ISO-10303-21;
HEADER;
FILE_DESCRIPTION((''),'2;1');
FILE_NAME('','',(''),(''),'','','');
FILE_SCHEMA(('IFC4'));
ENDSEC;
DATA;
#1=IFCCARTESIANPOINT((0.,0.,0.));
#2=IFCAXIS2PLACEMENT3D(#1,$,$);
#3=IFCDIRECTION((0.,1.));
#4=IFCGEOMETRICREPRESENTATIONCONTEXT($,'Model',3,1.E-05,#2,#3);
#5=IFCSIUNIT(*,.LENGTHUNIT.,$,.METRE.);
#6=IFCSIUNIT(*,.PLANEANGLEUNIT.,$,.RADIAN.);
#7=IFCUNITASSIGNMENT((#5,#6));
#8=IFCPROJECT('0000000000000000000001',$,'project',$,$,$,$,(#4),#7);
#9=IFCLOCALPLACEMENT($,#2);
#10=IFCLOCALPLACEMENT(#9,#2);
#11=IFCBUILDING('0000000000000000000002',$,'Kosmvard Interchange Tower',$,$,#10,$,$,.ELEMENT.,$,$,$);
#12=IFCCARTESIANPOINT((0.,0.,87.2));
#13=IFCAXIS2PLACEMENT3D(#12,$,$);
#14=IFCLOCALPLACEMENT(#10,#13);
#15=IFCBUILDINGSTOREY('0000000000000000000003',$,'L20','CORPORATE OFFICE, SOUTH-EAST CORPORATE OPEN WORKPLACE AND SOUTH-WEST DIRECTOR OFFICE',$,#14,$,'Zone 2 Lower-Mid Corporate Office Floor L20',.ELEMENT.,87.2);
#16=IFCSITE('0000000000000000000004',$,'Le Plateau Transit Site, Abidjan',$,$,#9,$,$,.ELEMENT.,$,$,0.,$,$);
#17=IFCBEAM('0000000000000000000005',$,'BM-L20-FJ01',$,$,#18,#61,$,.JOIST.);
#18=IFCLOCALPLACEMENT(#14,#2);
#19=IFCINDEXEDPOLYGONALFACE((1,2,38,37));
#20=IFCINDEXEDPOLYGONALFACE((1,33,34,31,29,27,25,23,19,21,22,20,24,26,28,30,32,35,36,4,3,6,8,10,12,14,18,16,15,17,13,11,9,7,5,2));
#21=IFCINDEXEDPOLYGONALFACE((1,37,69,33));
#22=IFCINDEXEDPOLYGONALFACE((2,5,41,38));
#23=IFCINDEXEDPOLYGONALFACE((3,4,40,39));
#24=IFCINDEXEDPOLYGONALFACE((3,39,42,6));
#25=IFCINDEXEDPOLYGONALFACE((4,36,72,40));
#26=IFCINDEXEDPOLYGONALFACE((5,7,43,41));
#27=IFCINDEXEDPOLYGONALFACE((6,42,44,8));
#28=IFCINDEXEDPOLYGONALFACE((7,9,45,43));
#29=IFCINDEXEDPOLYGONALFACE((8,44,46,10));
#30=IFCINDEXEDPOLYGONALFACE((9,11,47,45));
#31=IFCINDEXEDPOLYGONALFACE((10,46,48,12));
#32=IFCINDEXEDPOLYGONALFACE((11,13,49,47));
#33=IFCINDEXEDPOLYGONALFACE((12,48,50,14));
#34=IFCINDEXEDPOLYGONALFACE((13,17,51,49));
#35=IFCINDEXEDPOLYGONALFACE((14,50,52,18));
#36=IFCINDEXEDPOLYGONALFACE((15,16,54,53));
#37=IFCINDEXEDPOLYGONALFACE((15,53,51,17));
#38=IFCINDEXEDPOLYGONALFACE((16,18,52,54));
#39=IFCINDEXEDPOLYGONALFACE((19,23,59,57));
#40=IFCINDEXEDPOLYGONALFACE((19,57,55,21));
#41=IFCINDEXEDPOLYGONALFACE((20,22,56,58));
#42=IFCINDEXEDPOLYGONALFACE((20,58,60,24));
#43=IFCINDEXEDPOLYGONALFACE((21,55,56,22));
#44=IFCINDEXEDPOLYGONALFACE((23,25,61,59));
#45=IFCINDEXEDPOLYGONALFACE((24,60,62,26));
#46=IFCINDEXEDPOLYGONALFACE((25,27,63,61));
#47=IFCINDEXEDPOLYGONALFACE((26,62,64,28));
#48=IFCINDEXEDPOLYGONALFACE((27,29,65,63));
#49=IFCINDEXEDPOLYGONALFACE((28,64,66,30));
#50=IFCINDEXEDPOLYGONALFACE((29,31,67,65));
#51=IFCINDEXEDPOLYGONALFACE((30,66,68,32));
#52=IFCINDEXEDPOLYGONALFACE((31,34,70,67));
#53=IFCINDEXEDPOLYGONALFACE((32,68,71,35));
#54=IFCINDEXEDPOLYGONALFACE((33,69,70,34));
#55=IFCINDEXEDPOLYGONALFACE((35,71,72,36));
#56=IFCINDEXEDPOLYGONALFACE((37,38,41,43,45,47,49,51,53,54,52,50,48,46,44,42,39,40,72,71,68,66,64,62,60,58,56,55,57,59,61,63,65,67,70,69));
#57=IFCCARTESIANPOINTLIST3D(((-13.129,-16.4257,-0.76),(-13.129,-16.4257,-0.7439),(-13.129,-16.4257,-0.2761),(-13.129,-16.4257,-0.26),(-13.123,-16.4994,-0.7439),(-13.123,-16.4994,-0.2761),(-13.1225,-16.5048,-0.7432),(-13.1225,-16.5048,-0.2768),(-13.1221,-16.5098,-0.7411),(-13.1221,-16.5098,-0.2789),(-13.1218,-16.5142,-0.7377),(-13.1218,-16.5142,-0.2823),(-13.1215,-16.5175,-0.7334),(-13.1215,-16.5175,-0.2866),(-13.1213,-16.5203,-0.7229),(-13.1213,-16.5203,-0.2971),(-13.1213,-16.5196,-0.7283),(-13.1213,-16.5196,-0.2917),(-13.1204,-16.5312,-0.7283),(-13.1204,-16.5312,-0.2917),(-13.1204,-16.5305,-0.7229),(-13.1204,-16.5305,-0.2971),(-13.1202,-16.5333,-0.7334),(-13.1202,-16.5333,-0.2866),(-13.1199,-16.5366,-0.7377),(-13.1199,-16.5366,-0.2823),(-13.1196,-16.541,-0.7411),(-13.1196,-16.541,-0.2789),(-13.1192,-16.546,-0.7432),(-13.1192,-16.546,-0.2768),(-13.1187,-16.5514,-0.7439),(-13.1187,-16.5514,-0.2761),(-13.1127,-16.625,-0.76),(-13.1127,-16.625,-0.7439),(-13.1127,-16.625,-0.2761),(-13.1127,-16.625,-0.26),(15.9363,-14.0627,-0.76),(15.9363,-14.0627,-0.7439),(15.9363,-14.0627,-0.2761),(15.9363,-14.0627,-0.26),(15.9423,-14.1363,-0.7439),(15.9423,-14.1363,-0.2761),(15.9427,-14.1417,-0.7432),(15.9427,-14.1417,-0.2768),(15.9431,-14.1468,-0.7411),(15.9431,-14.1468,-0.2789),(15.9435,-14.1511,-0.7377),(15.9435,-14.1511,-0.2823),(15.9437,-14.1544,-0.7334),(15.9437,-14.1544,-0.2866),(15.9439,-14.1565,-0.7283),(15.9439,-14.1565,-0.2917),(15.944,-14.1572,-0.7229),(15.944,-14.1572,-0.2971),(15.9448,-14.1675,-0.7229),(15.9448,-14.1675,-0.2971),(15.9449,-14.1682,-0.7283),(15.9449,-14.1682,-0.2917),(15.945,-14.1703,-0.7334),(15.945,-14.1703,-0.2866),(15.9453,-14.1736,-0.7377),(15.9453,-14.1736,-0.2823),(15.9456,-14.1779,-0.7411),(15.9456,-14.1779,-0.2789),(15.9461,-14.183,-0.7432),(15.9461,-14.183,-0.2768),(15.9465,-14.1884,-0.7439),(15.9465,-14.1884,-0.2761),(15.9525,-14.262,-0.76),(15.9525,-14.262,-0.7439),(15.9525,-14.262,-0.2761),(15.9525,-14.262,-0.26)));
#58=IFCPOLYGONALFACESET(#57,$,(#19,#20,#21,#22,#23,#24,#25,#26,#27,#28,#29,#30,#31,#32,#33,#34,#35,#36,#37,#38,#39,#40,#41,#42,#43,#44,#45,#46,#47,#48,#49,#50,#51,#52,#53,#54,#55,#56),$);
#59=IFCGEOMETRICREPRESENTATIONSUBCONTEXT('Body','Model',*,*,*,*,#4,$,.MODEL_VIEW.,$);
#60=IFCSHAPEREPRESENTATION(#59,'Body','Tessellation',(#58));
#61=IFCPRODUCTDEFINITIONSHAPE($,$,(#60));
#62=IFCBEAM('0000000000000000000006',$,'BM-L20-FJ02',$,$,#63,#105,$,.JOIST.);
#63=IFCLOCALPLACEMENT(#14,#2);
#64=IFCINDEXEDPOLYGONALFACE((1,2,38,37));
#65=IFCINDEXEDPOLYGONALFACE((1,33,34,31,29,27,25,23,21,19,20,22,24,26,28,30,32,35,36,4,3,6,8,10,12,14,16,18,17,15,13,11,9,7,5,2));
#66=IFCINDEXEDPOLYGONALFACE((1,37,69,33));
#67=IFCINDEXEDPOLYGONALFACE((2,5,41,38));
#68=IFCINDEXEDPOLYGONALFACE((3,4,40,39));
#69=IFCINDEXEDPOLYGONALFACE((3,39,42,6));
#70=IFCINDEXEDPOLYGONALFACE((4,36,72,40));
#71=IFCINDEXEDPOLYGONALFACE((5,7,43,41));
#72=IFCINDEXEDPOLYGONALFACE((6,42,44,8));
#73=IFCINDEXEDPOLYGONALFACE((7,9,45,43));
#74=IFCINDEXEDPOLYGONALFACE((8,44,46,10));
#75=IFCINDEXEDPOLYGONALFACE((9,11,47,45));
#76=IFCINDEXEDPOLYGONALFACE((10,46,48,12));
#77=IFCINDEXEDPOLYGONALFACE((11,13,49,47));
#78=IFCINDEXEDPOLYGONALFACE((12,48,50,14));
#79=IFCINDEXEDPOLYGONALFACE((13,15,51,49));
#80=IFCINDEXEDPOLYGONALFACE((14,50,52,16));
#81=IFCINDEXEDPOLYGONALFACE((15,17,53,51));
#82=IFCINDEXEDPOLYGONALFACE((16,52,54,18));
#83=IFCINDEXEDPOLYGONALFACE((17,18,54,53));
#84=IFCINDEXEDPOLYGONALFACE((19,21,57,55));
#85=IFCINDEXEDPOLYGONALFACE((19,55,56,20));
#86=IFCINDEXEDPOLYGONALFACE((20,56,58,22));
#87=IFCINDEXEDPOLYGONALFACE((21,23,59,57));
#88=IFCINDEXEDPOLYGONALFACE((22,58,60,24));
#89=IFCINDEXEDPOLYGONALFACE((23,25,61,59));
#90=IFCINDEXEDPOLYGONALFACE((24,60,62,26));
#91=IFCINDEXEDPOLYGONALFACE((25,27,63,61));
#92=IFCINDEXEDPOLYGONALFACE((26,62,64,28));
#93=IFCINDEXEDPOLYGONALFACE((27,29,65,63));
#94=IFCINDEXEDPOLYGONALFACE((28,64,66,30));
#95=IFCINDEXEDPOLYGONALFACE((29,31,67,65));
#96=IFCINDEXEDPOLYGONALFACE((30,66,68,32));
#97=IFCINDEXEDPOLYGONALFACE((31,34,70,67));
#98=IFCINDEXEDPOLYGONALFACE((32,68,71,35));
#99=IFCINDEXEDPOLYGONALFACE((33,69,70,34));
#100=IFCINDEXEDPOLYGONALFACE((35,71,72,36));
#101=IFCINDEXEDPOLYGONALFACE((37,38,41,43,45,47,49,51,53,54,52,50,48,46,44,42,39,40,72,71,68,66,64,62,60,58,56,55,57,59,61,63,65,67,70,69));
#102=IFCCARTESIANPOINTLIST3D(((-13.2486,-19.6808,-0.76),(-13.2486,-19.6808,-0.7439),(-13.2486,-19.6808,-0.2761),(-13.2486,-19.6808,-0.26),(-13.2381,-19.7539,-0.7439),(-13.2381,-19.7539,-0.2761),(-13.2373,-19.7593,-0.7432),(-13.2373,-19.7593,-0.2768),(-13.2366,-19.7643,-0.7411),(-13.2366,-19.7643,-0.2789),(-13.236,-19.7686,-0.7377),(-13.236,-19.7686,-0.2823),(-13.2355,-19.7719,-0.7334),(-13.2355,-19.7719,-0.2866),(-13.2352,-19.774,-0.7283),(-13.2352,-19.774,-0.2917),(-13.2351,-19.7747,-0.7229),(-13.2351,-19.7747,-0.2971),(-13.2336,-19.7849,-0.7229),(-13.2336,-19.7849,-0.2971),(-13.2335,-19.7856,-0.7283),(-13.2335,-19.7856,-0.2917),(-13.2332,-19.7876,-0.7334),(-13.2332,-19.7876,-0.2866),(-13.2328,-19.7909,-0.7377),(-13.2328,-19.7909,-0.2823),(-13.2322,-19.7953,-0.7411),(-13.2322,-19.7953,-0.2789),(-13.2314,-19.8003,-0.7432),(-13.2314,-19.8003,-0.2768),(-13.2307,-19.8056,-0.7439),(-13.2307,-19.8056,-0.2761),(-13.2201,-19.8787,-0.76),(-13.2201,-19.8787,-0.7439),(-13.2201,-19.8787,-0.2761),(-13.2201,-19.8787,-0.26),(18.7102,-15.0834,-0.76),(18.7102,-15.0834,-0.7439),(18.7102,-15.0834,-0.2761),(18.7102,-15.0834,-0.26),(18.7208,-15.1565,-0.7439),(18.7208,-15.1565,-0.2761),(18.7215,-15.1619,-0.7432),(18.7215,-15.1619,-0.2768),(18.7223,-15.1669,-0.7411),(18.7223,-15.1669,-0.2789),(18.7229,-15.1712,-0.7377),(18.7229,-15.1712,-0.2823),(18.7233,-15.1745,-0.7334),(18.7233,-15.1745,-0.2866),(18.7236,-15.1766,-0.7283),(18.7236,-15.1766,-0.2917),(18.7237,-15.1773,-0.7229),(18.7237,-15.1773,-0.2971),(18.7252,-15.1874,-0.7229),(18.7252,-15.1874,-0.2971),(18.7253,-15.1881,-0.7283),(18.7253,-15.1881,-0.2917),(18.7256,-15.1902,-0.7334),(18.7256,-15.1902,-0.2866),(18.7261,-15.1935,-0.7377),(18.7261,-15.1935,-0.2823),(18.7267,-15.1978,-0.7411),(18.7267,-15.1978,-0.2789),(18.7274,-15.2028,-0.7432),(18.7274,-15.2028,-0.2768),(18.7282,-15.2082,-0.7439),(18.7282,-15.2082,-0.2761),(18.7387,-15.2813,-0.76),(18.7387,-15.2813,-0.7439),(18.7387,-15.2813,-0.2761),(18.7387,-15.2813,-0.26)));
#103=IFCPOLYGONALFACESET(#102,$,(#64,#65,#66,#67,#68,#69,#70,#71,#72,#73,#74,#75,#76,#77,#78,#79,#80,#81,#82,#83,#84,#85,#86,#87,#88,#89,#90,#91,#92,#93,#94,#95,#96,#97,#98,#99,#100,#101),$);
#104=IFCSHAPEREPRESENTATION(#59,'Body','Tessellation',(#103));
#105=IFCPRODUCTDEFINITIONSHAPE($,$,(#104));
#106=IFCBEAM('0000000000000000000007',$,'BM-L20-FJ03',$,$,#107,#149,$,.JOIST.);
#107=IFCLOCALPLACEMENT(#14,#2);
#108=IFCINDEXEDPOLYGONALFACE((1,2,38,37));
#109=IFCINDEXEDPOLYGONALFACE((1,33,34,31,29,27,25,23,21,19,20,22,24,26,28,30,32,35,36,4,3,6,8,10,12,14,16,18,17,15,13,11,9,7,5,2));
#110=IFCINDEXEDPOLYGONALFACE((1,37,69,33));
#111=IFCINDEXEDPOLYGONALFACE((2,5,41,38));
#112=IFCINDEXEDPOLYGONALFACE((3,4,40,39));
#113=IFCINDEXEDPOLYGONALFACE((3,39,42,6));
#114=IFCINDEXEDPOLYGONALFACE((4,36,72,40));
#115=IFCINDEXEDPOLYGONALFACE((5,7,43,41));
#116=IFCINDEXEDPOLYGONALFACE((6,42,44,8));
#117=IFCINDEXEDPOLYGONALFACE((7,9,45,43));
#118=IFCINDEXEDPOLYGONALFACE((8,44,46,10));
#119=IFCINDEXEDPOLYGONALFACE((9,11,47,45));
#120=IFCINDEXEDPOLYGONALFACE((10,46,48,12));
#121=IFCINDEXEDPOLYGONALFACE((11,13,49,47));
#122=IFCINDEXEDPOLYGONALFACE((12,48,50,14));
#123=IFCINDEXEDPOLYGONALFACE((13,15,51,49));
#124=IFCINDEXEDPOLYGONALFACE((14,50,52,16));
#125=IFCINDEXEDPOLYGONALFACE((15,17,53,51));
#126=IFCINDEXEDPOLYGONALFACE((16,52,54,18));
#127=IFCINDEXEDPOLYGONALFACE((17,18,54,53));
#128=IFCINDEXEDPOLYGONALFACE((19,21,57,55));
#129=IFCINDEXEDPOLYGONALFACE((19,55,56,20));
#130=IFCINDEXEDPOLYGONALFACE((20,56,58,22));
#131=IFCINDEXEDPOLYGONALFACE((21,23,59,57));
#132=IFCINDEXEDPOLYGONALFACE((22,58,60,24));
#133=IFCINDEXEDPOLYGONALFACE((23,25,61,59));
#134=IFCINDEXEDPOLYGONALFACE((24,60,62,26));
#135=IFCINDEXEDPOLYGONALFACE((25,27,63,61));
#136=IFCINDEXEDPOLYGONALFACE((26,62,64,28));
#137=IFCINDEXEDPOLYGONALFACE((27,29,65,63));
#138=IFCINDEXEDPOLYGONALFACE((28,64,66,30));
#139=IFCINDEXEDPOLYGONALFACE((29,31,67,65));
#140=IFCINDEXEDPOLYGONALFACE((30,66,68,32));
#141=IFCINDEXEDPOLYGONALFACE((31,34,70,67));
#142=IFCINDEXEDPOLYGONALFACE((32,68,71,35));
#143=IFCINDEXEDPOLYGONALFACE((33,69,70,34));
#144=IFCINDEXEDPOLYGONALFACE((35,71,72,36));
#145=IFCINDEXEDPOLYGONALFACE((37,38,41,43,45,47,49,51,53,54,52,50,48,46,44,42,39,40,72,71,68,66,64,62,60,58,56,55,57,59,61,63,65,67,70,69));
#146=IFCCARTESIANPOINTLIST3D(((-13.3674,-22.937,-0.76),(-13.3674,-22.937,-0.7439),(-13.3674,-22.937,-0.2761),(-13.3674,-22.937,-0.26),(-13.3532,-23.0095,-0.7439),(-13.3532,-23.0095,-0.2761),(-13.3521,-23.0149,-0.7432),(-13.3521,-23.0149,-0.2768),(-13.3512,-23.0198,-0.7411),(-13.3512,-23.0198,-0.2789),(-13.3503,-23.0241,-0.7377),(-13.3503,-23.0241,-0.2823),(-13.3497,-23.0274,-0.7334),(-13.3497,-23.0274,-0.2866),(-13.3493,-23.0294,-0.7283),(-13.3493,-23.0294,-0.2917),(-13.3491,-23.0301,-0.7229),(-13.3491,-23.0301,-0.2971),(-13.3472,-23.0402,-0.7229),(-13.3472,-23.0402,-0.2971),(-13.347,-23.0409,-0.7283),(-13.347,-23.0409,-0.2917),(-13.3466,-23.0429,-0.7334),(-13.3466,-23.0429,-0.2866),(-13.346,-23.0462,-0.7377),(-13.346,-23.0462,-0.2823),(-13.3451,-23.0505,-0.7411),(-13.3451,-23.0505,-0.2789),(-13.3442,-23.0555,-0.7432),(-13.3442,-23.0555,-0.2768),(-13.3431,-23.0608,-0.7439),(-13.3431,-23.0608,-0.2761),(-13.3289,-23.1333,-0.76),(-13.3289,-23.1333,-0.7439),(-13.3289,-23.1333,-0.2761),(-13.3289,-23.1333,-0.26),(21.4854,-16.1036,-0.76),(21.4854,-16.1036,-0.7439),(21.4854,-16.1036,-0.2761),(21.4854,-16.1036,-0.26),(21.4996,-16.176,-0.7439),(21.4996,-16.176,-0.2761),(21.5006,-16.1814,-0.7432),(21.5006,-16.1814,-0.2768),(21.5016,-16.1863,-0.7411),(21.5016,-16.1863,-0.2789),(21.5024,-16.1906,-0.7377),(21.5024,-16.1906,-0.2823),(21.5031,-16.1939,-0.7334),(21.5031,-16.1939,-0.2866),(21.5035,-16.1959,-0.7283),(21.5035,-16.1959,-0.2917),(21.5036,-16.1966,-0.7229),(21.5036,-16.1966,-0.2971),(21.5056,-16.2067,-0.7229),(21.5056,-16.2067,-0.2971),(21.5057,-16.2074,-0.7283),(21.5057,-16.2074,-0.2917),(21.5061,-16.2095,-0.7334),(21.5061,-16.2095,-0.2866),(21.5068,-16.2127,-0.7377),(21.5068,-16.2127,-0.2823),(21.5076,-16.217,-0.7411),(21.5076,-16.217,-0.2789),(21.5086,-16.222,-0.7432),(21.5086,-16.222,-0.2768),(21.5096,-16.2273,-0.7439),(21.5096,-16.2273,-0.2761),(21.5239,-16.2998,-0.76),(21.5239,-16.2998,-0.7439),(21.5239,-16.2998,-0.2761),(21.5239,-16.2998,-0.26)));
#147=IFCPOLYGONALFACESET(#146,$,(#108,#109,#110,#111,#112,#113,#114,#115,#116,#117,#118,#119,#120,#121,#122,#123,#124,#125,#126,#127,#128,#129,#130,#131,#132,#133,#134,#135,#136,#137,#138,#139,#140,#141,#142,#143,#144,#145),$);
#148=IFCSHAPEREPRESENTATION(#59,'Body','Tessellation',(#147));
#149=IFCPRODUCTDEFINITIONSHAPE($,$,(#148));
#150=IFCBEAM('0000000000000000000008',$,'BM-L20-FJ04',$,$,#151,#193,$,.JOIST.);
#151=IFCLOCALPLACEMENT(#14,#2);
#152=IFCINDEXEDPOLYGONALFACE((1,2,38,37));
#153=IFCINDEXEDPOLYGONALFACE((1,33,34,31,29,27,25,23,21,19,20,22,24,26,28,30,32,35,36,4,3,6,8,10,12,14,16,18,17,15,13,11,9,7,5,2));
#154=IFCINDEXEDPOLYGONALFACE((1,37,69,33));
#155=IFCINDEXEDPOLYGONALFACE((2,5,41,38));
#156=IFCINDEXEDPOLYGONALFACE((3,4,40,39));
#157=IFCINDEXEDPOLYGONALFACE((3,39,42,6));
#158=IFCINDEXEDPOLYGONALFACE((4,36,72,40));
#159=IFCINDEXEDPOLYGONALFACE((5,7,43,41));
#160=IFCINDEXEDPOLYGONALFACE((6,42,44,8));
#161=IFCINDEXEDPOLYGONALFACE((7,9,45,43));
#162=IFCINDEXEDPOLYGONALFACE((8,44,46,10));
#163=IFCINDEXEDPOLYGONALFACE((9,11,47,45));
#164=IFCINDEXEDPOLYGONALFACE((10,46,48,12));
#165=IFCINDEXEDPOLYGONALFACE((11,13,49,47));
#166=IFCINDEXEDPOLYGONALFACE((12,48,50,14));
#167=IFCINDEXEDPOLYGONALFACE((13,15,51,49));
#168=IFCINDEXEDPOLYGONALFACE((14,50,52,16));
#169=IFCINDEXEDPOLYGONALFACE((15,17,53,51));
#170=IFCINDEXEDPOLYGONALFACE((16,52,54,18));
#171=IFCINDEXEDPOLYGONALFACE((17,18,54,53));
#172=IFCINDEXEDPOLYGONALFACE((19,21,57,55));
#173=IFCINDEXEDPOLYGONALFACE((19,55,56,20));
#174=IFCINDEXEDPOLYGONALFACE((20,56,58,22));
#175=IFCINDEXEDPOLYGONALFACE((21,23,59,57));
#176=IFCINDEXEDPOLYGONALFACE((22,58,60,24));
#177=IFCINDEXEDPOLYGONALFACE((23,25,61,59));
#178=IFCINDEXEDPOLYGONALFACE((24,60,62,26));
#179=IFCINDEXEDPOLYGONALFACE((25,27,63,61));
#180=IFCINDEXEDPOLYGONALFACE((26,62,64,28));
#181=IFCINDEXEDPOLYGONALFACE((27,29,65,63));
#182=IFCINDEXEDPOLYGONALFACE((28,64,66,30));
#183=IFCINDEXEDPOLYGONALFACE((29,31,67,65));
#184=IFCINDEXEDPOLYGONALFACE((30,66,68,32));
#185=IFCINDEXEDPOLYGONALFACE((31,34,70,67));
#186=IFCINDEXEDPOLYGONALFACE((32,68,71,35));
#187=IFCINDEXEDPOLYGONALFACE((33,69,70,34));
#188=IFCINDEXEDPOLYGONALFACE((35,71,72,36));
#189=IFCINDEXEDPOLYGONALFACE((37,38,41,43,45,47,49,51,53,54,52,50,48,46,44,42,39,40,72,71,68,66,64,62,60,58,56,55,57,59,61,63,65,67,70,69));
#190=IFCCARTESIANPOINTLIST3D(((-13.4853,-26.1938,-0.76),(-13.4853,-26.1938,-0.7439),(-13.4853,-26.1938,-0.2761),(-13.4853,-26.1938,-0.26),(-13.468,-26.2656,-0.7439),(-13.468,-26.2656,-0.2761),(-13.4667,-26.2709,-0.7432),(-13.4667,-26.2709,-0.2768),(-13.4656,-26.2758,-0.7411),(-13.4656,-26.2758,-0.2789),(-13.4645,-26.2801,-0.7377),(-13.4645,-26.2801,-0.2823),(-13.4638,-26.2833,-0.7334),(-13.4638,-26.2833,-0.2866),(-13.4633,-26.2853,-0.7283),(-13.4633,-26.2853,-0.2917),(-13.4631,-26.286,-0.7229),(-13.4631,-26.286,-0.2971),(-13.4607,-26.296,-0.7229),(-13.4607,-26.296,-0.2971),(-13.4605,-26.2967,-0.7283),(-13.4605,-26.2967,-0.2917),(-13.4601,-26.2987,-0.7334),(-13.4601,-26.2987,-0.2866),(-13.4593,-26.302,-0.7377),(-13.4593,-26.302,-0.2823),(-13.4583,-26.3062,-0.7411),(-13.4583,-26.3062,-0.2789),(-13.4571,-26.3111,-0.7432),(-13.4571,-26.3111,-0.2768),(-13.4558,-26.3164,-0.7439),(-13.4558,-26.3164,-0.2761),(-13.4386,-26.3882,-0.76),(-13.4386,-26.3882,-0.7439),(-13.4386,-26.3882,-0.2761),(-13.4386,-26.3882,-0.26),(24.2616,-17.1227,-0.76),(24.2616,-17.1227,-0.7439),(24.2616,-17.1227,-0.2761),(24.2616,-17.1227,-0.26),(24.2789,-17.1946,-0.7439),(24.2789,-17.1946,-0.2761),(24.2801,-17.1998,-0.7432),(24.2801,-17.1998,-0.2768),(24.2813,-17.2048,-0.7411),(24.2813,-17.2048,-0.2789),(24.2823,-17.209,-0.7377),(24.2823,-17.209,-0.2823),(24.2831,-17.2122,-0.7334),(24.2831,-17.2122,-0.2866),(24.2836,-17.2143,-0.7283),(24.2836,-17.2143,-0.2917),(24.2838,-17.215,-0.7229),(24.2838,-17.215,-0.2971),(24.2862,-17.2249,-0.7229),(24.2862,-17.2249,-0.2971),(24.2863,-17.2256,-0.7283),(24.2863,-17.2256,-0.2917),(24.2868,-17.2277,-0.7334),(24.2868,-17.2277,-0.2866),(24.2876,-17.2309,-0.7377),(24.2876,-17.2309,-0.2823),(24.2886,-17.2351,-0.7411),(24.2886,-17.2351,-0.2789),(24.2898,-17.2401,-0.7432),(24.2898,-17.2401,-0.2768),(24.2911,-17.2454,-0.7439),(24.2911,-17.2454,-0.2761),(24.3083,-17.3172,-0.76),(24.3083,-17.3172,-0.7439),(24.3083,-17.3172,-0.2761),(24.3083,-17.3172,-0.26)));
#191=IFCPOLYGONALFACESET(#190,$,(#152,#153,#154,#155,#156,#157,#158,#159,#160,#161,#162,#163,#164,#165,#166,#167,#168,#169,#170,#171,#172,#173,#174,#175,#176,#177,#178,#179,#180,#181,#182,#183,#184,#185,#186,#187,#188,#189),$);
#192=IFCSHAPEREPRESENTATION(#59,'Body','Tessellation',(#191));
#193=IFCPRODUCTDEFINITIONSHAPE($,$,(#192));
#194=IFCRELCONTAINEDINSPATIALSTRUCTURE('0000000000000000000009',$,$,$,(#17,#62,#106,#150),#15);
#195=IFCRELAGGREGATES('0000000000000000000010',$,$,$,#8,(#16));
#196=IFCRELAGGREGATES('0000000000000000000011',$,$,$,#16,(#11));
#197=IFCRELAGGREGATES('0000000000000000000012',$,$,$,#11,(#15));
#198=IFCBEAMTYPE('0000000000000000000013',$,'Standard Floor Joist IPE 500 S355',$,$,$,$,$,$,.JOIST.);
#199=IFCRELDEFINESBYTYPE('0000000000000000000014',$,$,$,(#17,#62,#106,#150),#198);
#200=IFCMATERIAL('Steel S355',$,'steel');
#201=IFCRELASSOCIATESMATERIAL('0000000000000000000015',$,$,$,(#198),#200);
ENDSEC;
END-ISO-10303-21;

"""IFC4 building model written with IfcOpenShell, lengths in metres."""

from ifc_helpers import new_model, si_unit, direction, frame, origin, origin_2d, place, context, subcontext, project, spatial, i_section, extrude, source, transform, mapped, material, material_profile, profile_set, type_object, element, save


model = new_model("IFC4")

# Units and contexts
model_context = context("Model", 3, precision=1e-05, world=origin(), true_north=direction((0.0, 1.0)))
body_context = subcontext(model_context, "Body", "Model", "MODEL_VIEW")
ifc_project = project(units=[si_unit("LENGTHUNIT", "METRE"), si_unit("PLANEANGLEUNIT", "RADIAN")], contexts=[model_context])

# Site, building, storey
site_placement = place(None, origin())
site = spatial("IfcSite", under=ifc_project, at=site_placement, Name="Le Plateau Transit Site, Abidjan", CompositionType="ELEMENT", RefElevation=0.0)
building_placement = place(site_placement, origin())
building = spatial("IfcBuilding", under=site, at=building_placement, Name="Kosmvard Interchange Tower", CompositionType="ELEMENT")
storey_placement = place(building_placement, frame((0.0, 0.0, 87.2)))
storey = spatial("IfcBuildingStorey", under=building, at=storey_placement, Name="L20", Description="CORPORATE OFFICE, SOUTH-EAST CORPORATE OPEN WORKPLACE AND SOUTH-WEST DIRECTOR OFFICE", LongName="Zone 2 Lower-Mid Corporate Office Floor L20", CompositionType="ELEMENT", Elevation=87.2)

# Beams
ifc_material_1 = material(Name="Steel S355", Category="steel")
ifc_material_profile_1 = material_profile(ifc_material_1, i_section(OverallWidth=0.2, OverallDepth=0.5, WebThickness=0.0103, FlangeThickness=0.0161, FilletRadius=0.021, at=origin_2d()), Name="IPE 500")
ifc_profile_set_1 = profile_set([ifc_material_profile_1], Name="Steel S355")
beam_type_1 = type_object("IfcBeamType", Name="Standard Floor Joist IPE 500 S355", PredefinedType="JOIST", material=ifc_profile_set_1)
shared_shape_1 = source(origin(), body_context, "Body", "SweptSolid", [
    extrude(i_section(OverallWidth=0.2, OverallDepth=0.5, WebThickness=0.0103, FlangeThickness=0.0161, FilletRadius=0.021, at=origin_2d()), origin(), (0.0, 0.0, 1.0), 29.1611),
])
beam_1_placement = place(storey_placement, frame((-13.1208, -16.5254, -0.51), z_axis=(0.996711, 0.081034, 0.0), x_axis=(-0.081034, 0.996711, 0.0)))
element("IfcBeam", 1, at=beam_1_placement, inside=storey, type_object=beam_type_1, Name="BM-L20-FJ01", PredefinedType="JOIST", context=body_context, shape_type="MappedRepresentation", body=[
    mapped(shared_shape_1, transform((0.0, 0.0, 0.0), scale=1.0)),
])
shared_shape_2 = source(origin(), body_context, "Body", "SweptSolid", [
    extrude(i_section(OverallWidth=0.2, OverallDepth=0.5, WebThickness=0.0103, FlangeThickness=0.0161, FilletRadius=0.021, at=origin_2d()), origin(), (0.0, 0.0, 1.0), 32.2878),
])
beam_2_placement = place(storey_placement, frame((-13.2344, -19.7798, -0.51), z_axis=(0.989811, 0.142389, 0.0), x_axis=(-0.142389, 0.989811, 0.0)))
element("IfcBeam", 2, at=beam_2_placement, inside=storey, type_object=beam_type_1, Name="BM-L20-FJ02", PredefinedType="JOIST", context=body_context, shape_type="MappedRepresentation", body=[
    mapped(shared_shape_2, transform((0.0, 0.0, 0.0), scale=1.0)),
])
shared_shape_3 = source(origin(), body_context, "Body", "SweptSolid", [
    extrude(i_section(OverallWidth=0.2, OverallDepth=0.5, WebThickness=0.0103, FlangeThickness=0.0161, FilletRadius=0.021, at=origin_2d()), origin(), (0.0, 0.0, 1.0), 35.5164),
])
beam_3_placement = place(storey_placement, frame((-13.3481, -23.0352, -0.51), z_axis=(0.981316, 0.192404, 0.0), x_axis=(-0.192404, 0.981316, 0.0)))
element("IfcBeam", 3, at=beam_3_placement, inside=storey, type_object=beam_type_1, Name="BM-L20-FJ03", PredefinedType="JOIST", context=body_context, shape_type="MappedRepresentation", body=[
    mapped(shared_shape_3, transform((0.0, 0.0, 0.0), scale=1.0)),
])
shared_shape_4 = source(origin(), body_context, "Body", "SweptSolid", [
    extrude(i_section(OverallWidth=0.2, OverallDepth=0.5, WebThickness=0.0103, FlangeThickness=0.0161, FilletRadius=0.021, at=origin_2d()), origin(), (0.0, 0.0, 1.0), 38.8215),
])
beam_4_placement = place(storey_placement, frame((-13.4619, -26.291, -0.51), z_axis=(0.972318, 0.233661, 0.0), x_axis=(-0.233661, 0.972318, 0.0)))
element("IfcBeam", 4, at=beam_4_placement, inside=storey, type_object=beam_type_1, Name="BM-L20-FJ04", PredefinedType="JOIST", context=body_context, shape_type="MappedRepresentation", body=[
    mapped(shared_shape_4, transform((0.0, 0.0, 0.0), scale=1.0)),
])

save(model, "model.ifc")
